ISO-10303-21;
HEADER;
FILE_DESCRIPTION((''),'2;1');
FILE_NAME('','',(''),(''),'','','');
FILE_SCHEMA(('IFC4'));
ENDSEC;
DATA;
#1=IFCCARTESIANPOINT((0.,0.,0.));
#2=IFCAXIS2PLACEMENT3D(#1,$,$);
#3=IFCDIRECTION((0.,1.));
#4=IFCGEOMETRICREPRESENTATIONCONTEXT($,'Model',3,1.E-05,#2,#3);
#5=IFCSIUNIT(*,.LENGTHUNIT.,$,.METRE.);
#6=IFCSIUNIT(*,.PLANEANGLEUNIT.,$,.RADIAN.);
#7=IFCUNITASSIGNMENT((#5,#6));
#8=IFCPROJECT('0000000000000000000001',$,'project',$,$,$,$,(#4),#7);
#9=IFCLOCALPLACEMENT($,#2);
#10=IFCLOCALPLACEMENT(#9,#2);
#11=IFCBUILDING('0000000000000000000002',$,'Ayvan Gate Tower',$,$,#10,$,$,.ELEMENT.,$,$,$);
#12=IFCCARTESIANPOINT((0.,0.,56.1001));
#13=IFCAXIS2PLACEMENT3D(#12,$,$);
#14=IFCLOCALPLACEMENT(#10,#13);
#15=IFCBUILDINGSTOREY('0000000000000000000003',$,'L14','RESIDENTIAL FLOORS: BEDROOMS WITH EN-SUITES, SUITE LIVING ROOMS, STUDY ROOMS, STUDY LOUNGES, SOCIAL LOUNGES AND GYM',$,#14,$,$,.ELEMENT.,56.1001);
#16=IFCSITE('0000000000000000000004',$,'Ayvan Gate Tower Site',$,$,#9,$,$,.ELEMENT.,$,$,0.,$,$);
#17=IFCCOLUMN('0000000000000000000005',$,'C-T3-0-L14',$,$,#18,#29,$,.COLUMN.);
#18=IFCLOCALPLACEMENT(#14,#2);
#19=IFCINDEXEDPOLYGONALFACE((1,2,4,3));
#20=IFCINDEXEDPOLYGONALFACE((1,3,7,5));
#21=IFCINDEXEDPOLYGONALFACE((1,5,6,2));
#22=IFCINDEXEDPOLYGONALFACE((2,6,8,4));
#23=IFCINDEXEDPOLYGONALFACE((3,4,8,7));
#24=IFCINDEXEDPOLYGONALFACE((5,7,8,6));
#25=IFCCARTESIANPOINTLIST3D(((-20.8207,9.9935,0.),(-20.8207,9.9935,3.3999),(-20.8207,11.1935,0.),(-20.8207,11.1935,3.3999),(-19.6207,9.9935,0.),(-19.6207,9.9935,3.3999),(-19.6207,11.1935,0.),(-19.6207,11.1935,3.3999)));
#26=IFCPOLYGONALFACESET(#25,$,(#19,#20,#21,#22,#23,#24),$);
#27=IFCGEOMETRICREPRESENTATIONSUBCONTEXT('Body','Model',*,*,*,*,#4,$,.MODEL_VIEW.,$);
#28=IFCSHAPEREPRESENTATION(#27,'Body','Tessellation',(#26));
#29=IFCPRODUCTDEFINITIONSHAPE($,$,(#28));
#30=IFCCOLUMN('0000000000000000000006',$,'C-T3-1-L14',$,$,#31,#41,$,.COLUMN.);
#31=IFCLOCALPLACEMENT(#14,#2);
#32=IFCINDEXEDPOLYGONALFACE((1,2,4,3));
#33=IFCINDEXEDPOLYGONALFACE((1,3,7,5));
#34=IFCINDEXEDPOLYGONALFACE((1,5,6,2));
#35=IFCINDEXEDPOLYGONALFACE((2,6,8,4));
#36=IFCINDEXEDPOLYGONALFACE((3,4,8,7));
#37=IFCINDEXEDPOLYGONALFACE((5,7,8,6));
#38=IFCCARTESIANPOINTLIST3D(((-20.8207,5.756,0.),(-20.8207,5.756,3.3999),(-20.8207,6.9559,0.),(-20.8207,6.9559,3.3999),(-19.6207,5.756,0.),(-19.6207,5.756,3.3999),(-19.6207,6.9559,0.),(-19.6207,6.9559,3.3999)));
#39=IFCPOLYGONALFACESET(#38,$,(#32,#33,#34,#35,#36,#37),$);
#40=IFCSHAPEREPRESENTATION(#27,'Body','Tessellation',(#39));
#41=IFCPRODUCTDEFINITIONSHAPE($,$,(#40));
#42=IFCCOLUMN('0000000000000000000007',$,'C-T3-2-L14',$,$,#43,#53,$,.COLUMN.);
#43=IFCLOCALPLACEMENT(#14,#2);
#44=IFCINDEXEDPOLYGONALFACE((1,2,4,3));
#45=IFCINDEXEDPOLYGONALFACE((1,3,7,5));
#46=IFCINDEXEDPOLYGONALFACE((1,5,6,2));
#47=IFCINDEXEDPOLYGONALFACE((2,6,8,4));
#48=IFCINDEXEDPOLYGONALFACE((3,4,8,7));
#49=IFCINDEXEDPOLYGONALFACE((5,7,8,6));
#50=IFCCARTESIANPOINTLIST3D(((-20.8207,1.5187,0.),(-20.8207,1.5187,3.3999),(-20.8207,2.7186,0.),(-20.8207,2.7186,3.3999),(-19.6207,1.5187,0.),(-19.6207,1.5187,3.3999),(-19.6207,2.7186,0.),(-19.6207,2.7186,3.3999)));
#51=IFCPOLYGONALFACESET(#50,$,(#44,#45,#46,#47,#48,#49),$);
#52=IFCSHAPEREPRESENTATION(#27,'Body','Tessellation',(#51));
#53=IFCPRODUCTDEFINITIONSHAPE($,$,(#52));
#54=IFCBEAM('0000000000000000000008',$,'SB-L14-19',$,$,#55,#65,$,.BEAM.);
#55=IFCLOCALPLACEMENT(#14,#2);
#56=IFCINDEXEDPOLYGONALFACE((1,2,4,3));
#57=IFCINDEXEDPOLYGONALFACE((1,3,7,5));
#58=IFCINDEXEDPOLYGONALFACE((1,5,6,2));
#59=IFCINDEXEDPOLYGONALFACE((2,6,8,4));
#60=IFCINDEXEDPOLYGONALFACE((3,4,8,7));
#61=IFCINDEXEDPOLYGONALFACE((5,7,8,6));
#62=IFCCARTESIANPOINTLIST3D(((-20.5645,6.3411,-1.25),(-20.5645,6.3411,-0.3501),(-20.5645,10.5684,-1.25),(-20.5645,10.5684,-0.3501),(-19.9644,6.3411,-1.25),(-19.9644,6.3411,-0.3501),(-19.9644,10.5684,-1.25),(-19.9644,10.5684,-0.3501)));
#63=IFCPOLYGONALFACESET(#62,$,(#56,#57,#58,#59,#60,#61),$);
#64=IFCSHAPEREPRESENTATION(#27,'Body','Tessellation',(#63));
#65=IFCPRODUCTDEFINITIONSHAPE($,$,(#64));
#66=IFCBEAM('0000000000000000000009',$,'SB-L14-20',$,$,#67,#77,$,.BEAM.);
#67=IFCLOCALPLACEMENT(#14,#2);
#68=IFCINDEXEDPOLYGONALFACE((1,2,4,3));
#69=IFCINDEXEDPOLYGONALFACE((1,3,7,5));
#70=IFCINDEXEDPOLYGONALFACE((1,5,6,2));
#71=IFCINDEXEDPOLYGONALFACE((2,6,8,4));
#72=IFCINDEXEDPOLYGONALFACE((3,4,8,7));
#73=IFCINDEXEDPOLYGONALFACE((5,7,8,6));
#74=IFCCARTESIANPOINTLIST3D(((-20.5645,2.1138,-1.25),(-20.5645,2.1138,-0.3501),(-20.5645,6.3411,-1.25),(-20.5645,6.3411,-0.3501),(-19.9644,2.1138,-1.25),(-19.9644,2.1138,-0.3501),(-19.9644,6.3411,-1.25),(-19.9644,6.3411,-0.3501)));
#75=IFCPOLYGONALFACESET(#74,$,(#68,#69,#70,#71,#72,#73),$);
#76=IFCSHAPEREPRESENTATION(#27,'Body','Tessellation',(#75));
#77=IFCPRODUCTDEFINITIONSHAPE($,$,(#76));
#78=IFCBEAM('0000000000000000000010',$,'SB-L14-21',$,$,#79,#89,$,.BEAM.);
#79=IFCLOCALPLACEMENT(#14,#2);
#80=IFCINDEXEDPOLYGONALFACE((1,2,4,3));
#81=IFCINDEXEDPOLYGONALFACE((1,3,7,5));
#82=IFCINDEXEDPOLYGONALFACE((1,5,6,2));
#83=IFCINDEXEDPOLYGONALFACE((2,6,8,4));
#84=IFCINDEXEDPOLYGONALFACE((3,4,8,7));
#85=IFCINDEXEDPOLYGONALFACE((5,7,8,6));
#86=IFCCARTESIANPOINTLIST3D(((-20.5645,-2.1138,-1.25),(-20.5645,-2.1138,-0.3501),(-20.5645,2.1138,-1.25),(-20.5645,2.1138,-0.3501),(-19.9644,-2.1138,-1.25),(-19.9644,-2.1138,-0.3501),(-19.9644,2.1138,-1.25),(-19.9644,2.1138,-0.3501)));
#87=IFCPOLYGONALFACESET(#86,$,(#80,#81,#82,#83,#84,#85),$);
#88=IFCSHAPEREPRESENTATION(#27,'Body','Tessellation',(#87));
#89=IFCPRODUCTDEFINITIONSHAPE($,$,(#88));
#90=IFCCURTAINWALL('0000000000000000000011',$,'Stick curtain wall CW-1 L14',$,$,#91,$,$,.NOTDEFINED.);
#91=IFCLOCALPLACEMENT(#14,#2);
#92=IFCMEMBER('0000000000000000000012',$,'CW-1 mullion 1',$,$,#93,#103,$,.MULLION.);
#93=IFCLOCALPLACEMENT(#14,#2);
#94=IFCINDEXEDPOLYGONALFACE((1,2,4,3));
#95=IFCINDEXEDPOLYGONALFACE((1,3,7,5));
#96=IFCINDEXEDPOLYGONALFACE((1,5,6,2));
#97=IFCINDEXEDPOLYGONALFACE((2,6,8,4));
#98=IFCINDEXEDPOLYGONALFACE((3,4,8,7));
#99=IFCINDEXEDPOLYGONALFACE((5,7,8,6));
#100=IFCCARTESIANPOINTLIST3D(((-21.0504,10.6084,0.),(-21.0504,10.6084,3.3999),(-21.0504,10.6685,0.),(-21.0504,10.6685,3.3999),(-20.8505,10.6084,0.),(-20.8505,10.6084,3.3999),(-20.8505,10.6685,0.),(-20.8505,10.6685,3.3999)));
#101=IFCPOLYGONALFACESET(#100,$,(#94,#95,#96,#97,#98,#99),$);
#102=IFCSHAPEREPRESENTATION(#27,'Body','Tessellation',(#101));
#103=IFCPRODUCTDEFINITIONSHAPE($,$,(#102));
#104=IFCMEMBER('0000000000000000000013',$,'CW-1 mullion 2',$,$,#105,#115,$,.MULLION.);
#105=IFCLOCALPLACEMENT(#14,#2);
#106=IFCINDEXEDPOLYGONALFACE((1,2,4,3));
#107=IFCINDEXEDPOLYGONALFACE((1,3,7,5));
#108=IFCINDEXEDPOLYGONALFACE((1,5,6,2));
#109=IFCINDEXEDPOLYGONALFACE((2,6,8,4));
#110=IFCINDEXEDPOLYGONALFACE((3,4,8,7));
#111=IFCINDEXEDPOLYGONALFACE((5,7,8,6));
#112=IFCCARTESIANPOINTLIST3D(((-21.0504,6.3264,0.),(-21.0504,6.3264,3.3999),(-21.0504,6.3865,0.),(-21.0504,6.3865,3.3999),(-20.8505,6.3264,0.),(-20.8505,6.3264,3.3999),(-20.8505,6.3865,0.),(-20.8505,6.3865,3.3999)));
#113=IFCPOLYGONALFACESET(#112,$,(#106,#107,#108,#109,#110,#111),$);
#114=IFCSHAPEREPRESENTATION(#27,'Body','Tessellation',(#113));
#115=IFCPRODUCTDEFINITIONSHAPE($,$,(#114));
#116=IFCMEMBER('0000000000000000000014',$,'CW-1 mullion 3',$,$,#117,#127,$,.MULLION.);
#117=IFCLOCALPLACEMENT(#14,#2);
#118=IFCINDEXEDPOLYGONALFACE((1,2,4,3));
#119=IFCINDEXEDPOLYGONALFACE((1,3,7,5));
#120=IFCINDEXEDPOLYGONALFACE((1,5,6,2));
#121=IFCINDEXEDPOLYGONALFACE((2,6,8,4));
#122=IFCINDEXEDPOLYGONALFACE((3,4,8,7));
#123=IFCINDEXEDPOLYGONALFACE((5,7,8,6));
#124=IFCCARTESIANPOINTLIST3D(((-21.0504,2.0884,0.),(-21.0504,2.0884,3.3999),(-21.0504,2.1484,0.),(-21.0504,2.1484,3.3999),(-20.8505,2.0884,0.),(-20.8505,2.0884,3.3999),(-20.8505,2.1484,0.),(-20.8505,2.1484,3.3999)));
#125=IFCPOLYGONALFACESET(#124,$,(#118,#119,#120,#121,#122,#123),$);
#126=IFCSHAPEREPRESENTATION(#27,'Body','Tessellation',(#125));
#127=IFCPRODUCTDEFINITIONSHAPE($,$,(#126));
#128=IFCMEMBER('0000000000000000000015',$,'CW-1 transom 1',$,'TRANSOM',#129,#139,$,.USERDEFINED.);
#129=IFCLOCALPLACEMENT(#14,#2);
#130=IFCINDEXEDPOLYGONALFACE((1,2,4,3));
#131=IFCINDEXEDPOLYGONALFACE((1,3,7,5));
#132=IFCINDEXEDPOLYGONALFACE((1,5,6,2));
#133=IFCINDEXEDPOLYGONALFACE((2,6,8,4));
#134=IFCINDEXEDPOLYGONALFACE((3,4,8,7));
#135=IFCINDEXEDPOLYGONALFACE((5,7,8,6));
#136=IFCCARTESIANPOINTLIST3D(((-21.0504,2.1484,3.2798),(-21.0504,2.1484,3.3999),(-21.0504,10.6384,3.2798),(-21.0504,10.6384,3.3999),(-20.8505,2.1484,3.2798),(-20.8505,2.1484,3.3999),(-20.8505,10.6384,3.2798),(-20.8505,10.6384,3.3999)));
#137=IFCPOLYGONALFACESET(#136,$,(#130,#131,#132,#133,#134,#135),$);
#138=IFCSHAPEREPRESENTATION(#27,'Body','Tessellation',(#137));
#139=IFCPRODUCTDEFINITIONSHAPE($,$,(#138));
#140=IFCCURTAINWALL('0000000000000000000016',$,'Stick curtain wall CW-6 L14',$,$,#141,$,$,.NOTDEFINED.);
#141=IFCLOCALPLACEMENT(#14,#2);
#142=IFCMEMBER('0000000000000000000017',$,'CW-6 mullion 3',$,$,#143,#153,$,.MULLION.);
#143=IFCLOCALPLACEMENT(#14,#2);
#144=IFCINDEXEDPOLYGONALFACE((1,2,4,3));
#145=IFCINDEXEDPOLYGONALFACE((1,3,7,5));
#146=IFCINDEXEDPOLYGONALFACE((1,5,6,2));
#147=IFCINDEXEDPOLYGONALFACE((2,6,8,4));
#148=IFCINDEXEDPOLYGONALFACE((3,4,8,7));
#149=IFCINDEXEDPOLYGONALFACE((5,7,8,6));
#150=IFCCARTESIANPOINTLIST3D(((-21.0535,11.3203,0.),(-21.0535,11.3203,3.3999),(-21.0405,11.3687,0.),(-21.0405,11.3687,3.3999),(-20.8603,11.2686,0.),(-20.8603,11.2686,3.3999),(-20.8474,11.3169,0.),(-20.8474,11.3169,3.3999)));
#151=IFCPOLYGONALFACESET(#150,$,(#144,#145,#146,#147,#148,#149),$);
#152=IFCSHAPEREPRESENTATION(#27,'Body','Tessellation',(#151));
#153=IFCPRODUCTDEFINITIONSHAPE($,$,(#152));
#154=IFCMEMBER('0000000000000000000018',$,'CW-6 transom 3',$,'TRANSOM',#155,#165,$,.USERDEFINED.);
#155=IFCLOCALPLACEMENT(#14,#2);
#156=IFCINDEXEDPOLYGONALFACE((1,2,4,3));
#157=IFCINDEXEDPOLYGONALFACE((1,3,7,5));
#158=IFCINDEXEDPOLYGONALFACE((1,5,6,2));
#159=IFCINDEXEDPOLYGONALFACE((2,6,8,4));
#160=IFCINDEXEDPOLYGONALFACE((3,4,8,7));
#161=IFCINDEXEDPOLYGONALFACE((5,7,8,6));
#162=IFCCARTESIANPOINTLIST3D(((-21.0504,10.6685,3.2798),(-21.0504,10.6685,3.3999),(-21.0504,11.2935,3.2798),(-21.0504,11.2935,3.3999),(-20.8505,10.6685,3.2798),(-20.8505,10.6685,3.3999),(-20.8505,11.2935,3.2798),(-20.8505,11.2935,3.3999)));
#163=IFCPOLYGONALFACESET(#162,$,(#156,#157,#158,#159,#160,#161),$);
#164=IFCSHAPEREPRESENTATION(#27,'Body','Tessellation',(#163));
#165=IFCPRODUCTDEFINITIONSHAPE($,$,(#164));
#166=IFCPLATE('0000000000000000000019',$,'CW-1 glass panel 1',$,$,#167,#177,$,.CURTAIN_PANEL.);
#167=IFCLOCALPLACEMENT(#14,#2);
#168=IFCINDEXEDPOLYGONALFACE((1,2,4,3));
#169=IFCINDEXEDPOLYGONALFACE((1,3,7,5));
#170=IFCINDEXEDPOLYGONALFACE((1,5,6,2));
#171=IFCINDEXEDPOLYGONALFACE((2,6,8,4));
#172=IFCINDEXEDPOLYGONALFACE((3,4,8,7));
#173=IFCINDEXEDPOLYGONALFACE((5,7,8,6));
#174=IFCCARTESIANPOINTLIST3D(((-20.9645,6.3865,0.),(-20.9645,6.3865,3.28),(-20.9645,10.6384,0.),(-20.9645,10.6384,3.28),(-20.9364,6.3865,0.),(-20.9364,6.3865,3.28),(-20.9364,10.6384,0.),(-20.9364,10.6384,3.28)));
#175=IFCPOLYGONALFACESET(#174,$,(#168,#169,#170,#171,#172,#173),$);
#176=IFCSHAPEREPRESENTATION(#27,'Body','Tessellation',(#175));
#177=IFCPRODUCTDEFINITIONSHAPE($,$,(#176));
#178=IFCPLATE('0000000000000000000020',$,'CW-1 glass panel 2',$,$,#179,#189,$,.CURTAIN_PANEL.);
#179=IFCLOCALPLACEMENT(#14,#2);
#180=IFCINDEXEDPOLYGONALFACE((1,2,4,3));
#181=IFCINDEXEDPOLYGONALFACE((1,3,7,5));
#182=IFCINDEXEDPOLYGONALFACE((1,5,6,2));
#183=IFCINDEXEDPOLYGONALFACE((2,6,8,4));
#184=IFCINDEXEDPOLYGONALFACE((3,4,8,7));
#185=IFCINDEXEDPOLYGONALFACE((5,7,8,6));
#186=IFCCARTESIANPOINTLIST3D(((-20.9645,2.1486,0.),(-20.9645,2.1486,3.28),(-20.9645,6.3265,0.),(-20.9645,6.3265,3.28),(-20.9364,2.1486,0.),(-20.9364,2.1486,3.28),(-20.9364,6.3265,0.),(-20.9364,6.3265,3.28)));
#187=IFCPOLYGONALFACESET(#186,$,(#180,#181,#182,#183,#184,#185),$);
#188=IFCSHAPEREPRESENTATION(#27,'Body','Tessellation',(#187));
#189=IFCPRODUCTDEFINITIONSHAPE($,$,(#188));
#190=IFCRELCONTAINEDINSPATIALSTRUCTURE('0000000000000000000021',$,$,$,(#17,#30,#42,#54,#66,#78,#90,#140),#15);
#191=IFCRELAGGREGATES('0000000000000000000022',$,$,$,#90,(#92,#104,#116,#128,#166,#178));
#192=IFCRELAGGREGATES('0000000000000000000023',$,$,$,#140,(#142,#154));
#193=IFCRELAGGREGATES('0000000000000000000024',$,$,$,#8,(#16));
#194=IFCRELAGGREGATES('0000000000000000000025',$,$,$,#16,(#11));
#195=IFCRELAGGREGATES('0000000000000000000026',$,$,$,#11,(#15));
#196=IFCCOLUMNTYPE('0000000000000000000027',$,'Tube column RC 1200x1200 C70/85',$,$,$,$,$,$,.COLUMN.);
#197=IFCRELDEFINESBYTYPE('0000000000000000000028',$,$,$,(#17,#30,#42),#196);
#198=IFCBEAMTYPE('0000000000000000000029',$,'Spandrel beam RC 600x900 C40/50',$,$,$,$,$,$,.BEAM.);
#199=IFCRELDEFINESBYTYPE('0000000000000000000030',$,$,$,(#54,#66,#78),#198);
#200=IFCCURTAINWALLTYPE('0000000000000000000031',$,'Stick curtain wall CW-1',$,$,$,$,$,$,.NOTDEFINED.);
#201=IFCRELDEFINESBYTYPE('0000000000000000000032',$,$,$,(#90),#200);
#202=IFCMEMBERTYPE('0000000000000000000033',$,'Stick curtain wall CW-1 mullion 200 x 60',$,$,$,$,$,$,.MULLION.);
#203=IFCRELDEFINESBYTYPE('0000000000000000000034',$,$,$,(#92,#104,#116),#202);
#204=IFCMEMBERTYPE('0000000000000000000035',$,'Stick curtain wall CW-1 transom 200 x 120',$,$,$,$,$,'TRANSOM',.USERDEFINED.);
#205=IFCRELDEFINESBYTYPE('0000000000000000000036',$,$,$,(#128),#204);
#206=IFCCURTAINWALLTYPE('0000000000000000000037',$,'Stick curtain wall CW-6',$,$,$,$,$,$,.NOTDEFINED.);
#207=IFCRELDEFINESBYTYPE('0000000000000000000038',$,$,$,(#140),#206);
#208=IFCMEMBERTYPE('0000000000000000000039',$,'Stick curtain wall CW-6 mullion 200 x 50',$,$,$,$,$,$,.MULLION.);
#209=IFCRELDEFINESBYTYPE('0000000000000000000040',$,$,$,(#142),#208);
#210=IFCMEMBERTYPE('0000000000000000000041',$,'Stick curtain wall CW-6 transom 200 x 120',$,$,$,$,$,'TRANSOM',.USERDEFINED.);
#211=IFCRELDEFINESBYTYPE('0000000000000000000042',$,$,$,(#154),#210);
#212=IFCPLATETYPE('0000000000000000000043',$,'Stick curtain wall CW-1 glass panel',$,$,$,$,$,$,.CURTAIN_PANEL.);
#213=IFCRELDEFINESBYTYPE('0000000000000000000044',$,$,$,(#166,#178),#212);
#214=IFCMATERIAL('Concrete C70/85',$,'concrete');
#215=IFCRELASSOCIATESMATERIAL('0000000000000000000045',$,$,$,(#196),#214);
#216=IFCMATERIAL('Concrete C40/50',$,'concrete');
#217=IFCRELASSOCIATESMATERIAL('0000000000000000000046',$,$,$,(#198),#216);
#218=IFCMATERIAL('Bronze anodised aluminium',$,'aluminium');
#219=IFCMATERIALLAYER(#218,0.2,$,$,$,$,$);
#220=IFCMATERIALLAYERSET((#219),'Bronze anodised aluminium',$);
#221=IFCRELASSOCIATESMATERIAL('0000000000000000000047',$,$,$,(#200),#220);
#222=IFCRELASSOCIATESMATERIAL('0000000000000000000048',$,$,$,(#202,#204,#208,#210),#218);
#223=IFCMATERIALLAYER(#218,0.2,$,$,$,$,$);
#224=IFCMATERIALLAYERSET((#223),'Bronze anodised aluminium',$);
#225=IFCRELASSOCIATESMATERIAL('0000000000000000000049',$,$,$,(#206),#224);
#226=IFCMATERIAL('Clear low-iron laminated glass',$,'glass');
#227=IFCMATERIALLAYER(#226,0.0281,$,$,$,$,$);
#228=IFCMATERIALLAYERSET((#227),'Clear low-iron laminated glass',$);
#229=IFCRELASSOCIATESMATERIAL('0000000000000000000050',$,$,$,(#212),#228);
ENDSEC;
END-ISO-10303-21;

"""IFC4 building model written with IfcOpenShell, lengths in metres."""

from ifc_helpers import new_model, si_unit, direction, frame, origin, origin_2d, place, context, subcontext, project, spatial, rectangle, extrude, material, layer, layer_set, material_profile, profile_set, type_object, element, aggregate, save


model = new_model("IFC4")

# Units and contexts
model_context = context("Model", 3, precision=1e-05, world=origin(), true_north=direction((0.0, 1.0)))
body_context = subcontext(model_context, "Body", "Model", "MODEL_VIEW")
ifc_project = project(units=[si_unit("LENGTHUNIT", "METRE"), si_unit("PLANEANGLEUNIT", "RADIAN")], contexts=[model_context])

# Site, building, storey
site_placement = place(None, origin())
site = spatial("IfcSite", under=ifc_project, at=site_placement, Name="Ayvan Gate Tower Site", CompositionType="ELEMENT", RefElevation=0.0)
building_placement = place(site_placement, origin())
building = spatial("IfcBuilding", under=site, at=building_placement, Name="Ayvan Gate Tower", CompositionType="ELEMENT")
storey_placement = place(building_placement, frame((0.0, 0.0, 56.1001)))
storey = spatial("IfcBuildingStorey", under=building, at=storey_placement, Name="L14", Description="RESIDENTIAL FLOORS: BEDROOMS WITH EN-SUITES, SUITE LIVING ROOMS, STUDY ROOMS, STUDY LOUNGES, SOCIAL LOUNGES AND GYM", CompositionType="ELEMENT", Elevation=56.1001)

# Columns
ifc_material_1 = material(Name="Concrete C70/85", Category="concrete")
ifc_material_profile_1 = material_profile(ifc_material_1, rectangle(XDim=1.2, YDim=1.2, at=origin_2d()), Name="RC 1200x1200")
ifc_profile_set_1 = profile_set([ifc_material_profile_1], Name="Concrete C70/85")
column_type = type_object("IfcColumnType", Name="Tube column RC 1200x1200 C70/85", PredefinedType="COLUMN", material=ifc_profile_set_1)
for number, where, z_axis, x_axis, name in (
    (1, (-20.2207, 10.5935, 0.0), (0.0, 0.0, 1.0), (-1.0, 0.0, 0.0), "C-T3-0-L14"),
    (2, (-20.2207, 6.356, 0.0), (0.0, 0.0, 1.0), (-1.0, 0.0, 0.0), "C-T3-1-L14"),
    (3, (-20.2207, 2.1187, 0.0), (0.0, 0.0, 1.0), (-1.0, 0.0, 0.0), "C-T3-2-L14"),
):
    element("IfcColumn", number, at=place(storey_placement, frame(where, z_axis=z_axis, x_axis=x_axis)), inside=storey, type_object=column_type, Name=name, PredefinedType="COLUMN", context=body_context, shape_type="SweptSolid", body=[
        extrude(rectangle(XDim=1.2, YDim=1.2, at=origin_2d()), origin(), (0.0, 0.0, 1.0), 3.3999),
    ])

# Beams
ifc_material_2 = material(Name="Concrete C40/50", Category="concrete")
ifc_material_profile_2 = material_profile(ifc_material_2, rectangle(XDim=0.6001, YDim=0.8999, at=origin_2d()), Name="RC 600x900")
ifc_profile_set_2 = profile_set([ifc_material_profile_2], Name="Concrete C40/50")
beam_type = type_object("IfcBeamType", Name="Spandrel beam RC 600x900 C40/50", PredefinedType="BEAM", material=ifc_profile_set_2)
for number, where, z_axis, x_axis, name in (
    (4, (-20.2644, 10.5684, -0.8), (0.0, -1.0, 0.0), (1.0, 0.0, 0.0), "SB-L14-19"),
    (5, (-20.2644, 6.3411, -0.8), (0.0, -1.0, 0.0), (1.0, 0.0, 0.0), "SB-L14-20"),
):
    element("IfcBeam", number, at=place(storey_placement, frame(where, z_axis=z_axis, x_axis=x_axis)), inside=storey, type_object=beam_type, Name=name, PredefinedType="BEAM", context=body_context, shape_type="SweptSolid", body=[
        extrude(rectangle(XDim=0.6001, YDim=0.8999, at=origin_2d()), origin(), (0.0, 0.0, 1.0), 4.2273),
    ])
beam_placement = place(storey_placement, frame((-20.2644, 2.1138, -0.8), z_axis=(0.0, -1.0, 0.0), x_axis=(1.0, 0.0, 0.0)))
element("IfcBeam", 6, at=beam_placement, inside=storey, type_object=beam_type, Name="SB-L14-21", PredefinedType="BEAM", context=body_context, shape_type="SweptSolid", body=[
    extrude(rectangle(XDim=0.6001, YDim=0.8999, at=origin_2d()), origin(), (0.0, 0.0, 1.0), 4.2275),
])

# Curtain walls, members
ifc_material_3 = material(Name="Bronze anodised aluminium", Category="aluminium")
ifc_layer_1 = layer(ifc_material_3, 0.2)
ifc_layer_set_1 = layer_set([ifc_layer_1], Name="Bronze anodised aluminium")
curtain_wall_type_1 = type_object("IfcCurtainWallType", Name="Stick curtain wall CW-1", PredefinedType="NOTDEFINED", material=ifc_layer_set_1)
curtain_wall_1_placement = place(storey_placement, origin())
curtain_wall_1 = element("IfcCurtainWall", 7, at=curtain_wall_1_placement, inside=storey, type_object=curtain_wall_type_1, Name="Stick curtain wall CW-1 L14", PredefinedType="NOTDEFINED")
ifc_material_profile_3 = material_profile(ifc_material_3, rectangle(XDim=0.2, YDim=0.0601, at=origin_2d()), Name="Stick curtain wall CW-1 mullion 200 x 60")
ifc_profile_set_3 = profile_set([ifc_material_profile_3], Name="Bronze anodised aluminium")
member_type_1 = type_object("IfcMemberType", Name="Stick curtain wall CW-1 mullion 200 x 60", PredefinedType="MULLION", material=ifc_profile_set_3)
member_1_placement = place(storey_placement, frame((-20.9504, 10.6384, 0.0), z_axis=(0.0, 0.0, 1.0), x_axis=(-1.0, 0.0, 0.0)))
member_1 = element("IfcMember", 8, at=member_1_placement, type_object=member_type_1, Name="CW-1 mullion 1", PredefinedType="MULLION", context=body_context, shape_type="SweptSolid", body=[
    extrude(rectangle(XDim=0.2, YDim=0.0601, at=origin_2d()), origin(), (0.0, 0.0, 1.0), 3.3999),
])
member_2_placement = place(storey_placement, frame((-20.9504, 6.3564, 0.0), z_axis=(0.0, 0.0, 1.0), x_axis=(-1.0, 0.0, 0.0)))
member_2 = element("IfcMember", 9, at=member_2_placement, type_object=member_type_1, Name="CW-1 mullion 2", PredefinedType="MULLION", context=body_context, shape_type="SweptSolid", body=[
    extrude(rectangle(XDim=0.2, YDim=0.0601, at=origin_2d()), origin(), (0.0, 0.0, 1.0), 3.3999),
])
member_3_placement = place(storey_placement, frame((-20.9504, 2.1184, 0.0), z_axis=(0.0, 0.0, 1.0), x_axis=(-1.0, 0.0, 0.0)))
member_3 = element("IfcMember", 10, at=member_3_placement, type_object=member_type_1, Name="CW-1 mullion 3", PredefinedType="MULLION", context=body_context, shape_type="SweptSolid", body=[
    extrude(rectangle(XDim=0.2, YDim=0.0601, at=origin_2d()), origin(), (0.0, 0.0, 1.0), 3.3999),
])
ifc_material_profile_4 = material_profile(ifc_material_3, rectangle(XDim=0.2, YDim=0.1201, at=origin_2d()), Name="Stick curtain wall CW-1 transom 200 x 120")
ifc_profile_set_4 = profile_set([ifc_material_profile_4], Name="Bronze anodised aluminium")
member_type_2 = type_object("IfcMemberType", Name="Stick curtain wall CW-1 transom 200 x 120", ElementType="TRANSOM", PredefinedType="USERDEFINED", material=ifc_profile_set_4)
member_4_placement = place(storey_placement, frame((-20.9504, 10.6384, 3.3398), z_axis=(0.0, -1.0, 0.0), x_axis=(1.0, 0.0, 0.0)))
member_4 = element("IfcMember", 11, at=member_4_placement, type_object=member_type_2, Name="CW-1 transom 1", ObjectType="TRANSOM", PredefinedType="USERDEFINED", context=body_context, shape_type="SweptSolid", body=[
    extrude(rectangle(XDim=0.2, YDim=0.1201, at=origin_2d()), origin(), (0.0, 0.0, 1.0), 8.49),
])
ifc_layer_2 = layer(ifc_material_3, 0.2)
ifc_layer_set_2 = layer_set([ifc_layer_2], Name="Bronze anodised aluminium")
curtain_wall_type_2 = type_object("IfcCurtainWallType", Name="Stick curtain wall CW-6", PredefinedType="NOTDEFINED", material=ifc_layer_set_2)
curtain_wall_2_placement = place(storey_placement, origin())
curtain_wall_2 = element("IfcCurtainWall", 12, at=curtain_wall_2_placement, inside=storey, type_object=curtain_wall_type_2, Name="Stick curtain wall CW-6 L14", PredefinedType="NOTDEFINED")
ifc_material_profile_5 = material_profile(ifc_material_3, rectangle(XDim=0.2, YDim=0.05, at=origin_2d()), Name="Stick curtain wall CW-6 mullion 200 x 50")
ifc_profile_set_5 = profile_set([ifc_material_profile_5], Name="Bronze anodised aluminium")
member_type_3 = type_object("IfcMemberType", Name="Stick curtain wall CW-6 mullion 200 x 50", PredefinedType="MULLION", material=ifc_profile_set_5)
member_5_placement = place(storey_placement, frame((-20.9504, 11.3186, 0.0), z_axis=(0.0, 0.0, 1.0), x_axis=(-0.965926, 0.258819, 0.0)))
member_5 = element("IfcMember", 13, at=member_5_placement, type_object=member_type_3, Name="CW-6 mullion 3", PredefinedType="MULLION", context=body_context, shape_type="SweptSolid", body=[
    extrude(rectangle(XDim=0.2, YDim=0.05, at=origin_2d()), origin(), (0.0, 0.0, 1.0), 3.3999),
])
ifc_material_profile_6 = material_profile(ifc_material_3, rectangle(XDim=0.2, YDim=0.1201, at=origin_2d()), Name="Stick curtain wall CW-6 transom 200 x 120")
ifc_profile_set_6 = profile_set([ifc_material_profile_6], Name="Bronze anodised aluminium")
member_type_4 = type_object("IfcMemberType", Name="Stick curtain wall CW-6 transom 200 x 120", ElementType="TRANSOM", PredefinedType="USERDEFINED", material=ifc_profile_set_6)
member_6_placement = place(storey_placement, frame((-20.9504, 11.2935, 3.3398), z_axis=(0.0, -1.0, 0.0), x_axis=(1.0, 0.0, 0.0)))
member_6 = element("IfcMember", 14, at=member_6_placement, type_object=member_type_4, Name="CW-6 transom 3", ObjectType="TRANSOM", PredefinedType="USERDEFINED", context=body_context, shape_type="SweptSolid", body=[
    extrude(rectangle(XDim=0.2, YDim=0.1201, at=origin_2d()), origin(), (0.0, 0.0, 1.0), 0.625),
])

# Plates
ifc_material_4 = material(Name="Clear low-iron laminated glass", Category="glass")
ifc_layer_3 = layer(ifc_material_4, 0.0281)
ifc_layer_set_3 = layer_set([ifc_layer_3], Name="Clear low-iron laminated glass")
plate_type_1 = type_object("IfcPlateType", Name="Stick curtain wall CW-1 glass panel", PredefinedType="CURTAIN_PANEL", material=ifc_layer_set_3)
plate_1_placement = place(storey_placement, frame((-20.9504, 8.5125, 0.0), z_axis=(0.0, 0.0, 1.0), x_axis=(0.0, -1.0, 0.0)))
plate_1 = element("IfcPlate", 15, at=plate_1_placement, type_object=plate_type_1, Name="CW-1 glass panel 1", PredefinedType="CURTAIN_PANEL", context=body_context, shape_type="SweptSolid", body=[
    extrude(rectangle(XDim=4.252, YDim=0.0281, at=origin_2d()), origin(), (0.0, 0.0, 1.0), 3.28),
])
plate_2_placement = place(storey_placement, frame((-20.9504, 4.2375, 0.0), z_axis=(0.0, 0.0, 1.0), x_axis=(0.0, -1.0, 0.0)))
plate_2 = element("IfcPlate", 16, at=plate_2_placement, type_object=plate_type_1, Name="CW-1 glass panel 2", PredefinedType="CURTAIN_PANEL", context=body_context, shape_type="SweptSolid", body=[
    extrude(rectangle(XDim=4.178, YDim=0.0281, at=origin_2d()), origin(), (0.0, 0.0, 1.0), 3.28),
])
aggregate(curtain_wall_1, [member_1, member_2, member_3, member_4, plate_1, plate_2])
aggregate(curtain_wall_2, [member_5, member_6])

save(model, "model.ifc")
